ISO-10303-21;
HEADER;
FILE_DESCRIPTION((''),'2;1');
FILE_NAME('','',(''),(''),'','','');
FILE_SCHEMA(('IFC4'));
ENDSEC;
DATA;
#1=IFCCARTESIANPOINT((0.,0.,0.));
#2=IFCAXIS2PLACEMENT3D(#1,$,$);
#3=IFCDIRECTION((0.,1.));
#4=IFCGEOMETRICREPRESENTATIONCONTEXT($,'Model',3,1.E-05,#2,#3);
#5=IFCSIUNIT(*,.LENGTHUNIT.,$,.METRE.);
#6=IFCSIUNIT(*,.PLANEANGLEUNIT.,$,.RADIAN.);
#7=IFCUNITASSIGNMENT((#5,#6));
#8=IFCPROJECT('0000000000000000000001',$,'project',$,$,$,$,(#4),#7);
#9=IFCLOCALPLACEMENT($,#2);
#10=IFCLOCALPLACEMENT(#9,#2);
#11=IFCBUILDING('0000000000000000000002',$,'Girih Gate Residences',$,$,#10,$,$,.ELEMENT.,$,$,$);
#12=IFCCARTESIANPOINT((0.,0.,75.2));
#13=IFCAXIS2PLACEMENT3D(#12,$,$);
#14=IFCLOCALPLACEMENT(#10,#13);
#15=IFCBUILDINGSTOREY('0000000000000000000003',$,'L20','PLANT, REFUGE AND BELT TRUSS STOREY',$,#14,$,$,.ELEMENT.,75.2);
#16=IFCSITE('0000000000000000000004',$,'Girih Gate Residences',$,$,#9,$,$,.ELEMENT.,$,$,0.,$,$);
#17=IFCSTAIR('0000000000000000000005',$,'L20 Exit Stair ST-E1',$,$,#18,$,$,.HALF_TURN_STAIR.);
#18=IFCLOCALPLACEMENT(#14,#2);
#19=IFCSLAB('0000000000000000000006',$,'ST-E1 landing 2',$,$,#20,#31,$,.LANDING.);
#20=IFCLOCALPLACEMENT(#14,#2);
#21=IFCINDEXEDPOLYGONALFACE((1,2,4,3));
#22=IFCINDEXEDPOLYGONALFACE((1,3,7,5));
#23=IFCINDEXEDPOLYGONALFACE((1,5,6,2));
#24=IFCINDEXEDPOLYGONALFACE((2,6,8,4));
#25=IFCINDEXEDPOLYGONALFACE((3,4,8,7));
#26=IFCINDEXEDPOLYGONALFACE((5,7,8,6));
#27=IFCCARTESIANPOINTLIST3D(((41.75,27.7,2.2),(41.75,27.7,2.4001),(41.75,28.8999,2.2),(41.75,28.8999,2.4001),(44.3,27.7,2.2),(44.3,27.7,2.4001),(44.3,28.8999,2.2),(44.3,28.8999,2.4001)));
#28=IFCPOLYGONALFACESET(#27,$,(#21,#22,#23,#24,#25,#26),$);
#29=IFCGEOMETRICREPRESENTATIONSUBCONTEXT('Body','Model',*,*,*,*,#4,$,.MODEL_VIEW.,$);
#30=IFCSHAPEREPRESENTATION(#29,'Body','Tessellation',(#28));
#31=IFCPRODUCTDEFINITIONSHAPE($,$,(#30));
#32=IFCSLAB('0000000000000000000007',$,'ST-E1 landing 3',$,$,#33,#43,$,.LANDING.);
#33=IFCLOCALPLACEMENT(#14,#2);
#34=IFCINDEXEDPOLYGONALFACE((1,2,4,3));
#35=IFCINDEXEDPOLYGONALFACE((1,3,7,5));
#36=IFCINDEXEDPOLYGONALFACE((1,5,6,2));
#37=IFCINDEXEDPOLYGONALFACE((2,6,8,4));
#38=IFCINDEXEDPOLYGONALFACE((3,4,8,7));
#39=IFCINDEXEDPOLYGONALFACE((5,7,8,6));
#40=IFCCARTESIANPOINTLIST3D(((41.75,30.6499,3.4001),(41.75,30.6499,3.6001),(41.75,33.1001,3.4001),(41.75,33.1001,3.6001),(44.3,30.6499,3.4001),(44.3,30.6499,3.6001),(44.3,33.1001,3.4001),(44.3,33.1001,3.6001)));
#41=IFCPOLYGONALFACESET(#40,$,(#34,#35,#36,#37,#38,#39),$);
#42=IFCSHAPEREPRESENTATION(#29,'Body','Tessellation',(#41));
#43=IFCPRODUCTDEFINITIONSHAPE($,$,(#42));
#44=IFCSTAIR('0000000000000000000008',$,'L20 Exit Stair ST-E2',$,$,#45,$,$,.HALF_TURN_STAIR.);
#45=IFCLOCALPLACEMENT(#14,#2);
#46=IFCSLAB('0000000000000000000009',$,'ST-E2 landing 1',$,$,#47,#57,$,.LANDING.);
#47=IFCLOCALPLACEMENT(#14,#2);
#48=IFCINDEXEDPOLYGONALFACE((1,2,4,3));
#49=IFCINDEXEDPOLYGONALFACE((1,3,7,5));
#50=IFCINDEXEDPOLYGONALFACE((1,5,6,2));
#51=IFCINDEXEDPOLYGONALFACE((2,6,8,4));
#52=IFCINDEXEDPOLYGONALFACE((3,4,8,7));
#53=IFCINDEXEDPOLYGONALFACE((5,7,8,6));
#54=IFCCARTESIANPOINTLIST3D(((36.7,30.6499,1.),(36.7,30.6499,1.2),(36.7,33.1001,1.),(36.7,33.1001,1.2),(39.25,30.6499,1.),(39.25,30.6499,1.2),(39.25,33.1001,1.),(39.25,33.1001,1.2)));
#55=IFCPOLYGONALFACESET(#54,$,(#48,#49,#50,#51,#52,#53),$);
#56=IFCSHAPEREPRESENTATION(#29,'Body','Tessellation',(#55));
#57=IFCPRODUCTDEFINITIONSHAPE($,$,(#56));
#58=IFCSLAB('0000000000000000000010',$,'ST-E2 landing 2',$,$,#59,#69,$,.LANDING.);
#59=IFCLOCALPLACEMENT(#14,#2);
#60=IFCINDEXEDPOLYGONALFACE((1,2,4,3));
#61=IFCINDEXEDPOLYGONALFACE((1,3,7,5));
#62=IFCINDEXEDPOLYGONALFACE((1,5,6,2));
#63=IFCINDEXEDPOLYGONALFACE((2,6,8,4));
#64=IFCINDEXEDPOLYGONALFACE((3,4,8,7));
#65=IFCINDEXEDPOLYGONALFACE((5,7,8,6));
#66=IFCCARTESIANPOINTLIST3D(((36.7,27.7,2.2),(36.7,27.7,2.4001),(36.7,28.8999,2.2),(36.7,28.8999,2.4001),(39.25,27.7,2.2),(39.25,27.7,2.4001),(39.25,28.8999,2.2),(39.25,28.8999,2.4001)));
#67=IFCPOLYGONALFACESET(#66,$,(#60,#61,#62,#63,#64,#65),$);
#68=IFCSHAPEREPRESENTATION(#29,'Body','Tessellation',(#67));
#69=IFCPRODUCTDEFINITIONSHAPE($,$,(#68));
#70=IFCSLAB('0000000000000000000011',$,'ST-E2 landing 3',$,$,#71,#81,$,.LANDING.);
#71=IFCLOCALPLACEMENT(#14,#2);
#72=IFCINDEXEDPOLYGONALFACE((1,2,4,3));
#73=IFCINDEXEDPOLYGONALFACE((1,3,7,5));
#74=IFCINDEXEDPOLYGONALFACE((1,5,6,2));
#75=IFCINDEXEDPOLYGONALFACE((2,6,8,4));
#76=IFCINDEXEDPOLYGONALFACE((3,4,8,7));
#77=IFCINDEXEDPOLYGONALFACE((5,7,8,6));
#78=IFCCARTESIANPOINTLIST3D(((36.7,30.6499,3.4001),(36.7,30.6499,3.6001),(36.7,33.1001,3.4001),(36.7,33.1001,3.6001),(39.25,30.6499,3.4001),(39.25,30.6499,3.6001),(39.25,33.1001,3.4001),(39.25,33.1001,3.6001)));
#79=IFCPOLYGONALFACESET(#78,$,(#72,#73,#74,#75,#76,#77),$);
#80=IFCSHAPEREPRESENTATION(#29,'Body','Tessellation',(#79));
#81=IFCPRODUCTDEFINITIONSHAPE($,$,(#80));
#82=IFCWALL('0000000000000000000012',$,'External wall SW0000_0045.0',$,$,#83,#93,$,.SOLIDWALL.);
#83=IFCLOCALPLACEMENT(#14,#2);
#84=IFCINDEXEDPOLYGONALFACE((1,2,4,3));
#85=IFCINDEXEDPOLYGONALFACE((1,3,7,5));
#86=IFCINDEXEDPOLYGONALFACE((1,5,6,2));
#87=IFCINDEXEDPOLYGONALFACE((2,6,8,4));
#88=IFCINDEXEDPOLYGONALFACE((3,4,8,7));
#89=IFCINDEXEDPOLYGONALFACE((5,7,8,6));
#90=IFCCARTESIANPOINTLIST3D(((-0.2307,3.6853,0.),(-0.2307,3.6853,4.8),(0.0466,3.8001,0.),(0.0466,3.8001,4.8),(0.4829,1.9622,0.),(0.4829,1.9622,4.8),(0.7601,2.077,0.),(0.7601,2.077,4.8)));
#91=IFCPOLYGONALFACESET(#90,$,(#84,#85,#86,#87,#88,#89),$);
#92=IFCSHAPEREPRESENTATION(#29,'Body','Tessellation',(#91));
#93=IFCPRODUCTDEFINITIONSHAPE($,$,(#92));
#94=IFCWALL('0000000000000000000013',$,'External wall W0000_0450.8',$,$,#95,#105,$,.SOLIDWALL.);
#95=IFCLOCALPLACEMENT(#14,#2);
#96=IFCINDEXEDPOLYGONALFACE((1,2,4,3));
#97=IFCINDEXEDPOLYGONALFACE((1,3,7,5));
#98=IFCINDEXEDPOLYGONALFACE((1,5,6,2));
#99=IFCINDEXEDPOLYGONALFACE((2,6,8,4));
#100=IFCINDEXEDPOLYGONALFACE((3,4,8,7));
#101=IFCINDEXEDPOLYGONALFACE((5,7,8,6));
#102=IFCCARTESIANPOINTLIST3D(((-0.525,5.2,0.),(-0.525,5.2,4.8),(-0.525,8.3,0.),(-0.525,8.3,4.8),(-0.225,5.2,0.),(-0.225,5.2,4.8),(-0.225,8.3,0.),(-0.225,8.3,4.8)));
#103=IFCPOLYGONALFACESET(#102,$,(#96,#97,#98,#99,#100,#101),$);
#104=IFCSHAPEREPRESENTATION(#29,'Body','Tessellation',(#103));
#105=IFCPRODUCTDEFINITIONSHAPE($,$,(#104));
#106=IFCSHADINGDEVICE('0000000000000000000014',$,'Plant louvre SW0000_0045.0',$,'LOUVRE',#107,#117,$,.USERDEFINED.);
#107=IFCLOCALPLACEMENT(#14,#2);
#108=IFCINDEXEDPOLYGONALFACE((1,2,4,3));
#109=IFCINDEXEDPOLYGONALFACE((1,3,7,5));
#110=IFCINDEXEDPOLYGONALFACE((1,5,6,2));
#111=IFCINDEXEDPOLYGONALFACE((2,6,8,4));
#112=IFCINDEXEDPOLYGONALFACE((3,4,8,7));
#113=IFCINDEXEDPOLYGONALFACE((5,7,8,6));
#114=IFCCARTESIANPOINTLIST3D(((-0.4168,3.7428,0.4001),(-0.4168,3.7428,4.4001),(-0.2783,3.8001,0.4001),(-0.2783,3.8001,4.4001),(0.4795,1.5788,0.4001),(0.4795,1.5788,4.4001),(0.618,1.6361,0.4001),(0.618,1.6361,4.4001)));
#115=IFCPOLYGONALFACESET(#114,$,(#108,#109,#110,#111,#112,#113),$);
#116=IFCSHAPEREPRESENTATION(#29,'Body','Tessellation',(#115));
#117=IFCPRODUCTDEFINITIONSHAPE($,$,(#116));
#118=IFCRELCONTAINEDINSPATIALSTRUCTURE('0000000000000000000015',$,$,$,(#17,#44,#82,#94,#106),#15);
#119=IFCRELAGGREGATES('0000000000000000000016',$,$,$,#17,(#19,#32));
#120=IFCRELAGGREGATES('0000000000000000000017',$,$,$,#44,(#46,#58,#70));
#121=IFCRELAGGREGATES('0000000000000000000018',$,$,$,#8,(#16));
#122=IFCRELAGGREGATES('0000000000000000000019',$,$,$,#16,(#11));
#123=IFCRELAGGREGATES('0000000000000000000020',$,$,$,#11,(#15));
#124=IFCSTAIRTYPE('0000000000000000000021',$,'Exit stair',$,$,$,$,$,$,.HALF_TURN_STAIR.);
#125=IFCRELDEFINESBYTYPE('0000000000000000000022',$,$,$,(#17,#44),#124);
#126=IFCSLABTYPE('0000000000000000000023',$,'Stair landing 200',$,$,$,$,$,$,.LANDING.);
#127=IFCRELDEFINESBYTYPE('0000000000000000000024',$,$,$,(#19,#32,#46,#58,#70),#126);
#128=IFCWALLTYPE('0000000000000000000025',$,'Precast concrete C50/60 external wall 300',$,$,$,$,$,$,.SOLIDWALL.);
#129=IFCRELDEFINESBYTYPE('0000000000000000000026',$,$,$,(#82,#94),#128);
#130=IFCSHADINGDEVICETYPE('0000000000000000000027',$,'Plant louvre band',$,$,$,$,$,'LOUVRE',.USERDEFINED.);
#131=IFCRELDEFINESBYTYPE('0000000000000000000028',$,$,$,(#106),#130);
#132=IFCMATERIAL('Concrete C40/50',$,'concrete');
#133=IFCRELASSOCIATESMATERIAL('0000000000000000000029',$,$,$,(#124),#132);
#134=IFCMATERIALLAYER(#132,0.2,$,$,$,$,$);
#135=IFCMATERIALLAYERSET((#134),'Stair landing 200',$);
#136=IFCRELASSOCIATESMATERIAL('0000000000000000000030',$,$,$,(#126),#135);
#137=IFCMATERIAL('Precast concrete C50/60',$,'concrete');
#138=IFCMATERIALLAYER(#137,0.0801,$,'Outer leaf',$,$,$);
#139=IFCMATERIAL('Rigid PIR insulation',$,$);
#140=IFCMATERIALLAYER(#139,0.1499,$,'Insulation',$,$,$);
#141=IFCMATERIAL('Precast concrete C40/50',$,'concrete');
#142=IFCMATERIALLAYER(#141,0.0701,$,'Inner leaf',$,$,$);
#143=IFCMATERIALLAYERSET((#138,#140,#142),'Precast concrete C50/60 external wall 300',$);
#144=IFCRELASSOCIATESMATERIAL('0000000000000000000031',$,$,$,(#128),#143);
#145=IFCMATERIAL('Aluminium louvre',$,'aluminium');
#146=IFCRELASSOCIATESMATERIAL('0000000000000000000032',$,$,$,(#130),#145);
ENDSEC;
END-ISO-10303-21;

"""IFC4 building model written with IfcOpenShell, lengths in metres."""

from ifc_helpers import new_model, si_unit, direction, frame, frame_2d, origin, origin_2d, place, context, subcontext, project, spatial, polyline, rectangle, outline, extrude, material, layer, layer_set, type_object, element, aggregate, save


model = new_model("IFC4")

# Units and contexts
model_context = context("Model", 3, precision=1e-05, world=origin(), true_north=direction((0.0, 1.0)))
body_context = subcontext(model_context, "Body", "Model", "MODEL_VIEW")
ifc_project = project(units=[si_unit("LENGTHUNIT", "METRE"), si_unit("PLANEANGLEUNIT", "RADIAN")], contexts=[model_context])

# Site, building, storey
site_placement = place(None, origin())
site = spatial("IfcSite", under=ifc_project, at=site_placement, Name="Girih Gate Residences", CompositionType="ELEMENT", RefElevation=0.0)
building_placement = place(site_placement, origin())
building = spatial("IfcBuilding", under=site, at=building_placement, Name="Girih Gate Residences", CompositionType="ELEMENT")
storey_placement = place(building_placement, frame((0.0, 0.0, 75.2)))
storey = spatial("IfcBuildingStorey", under=building, at=storey_placement, Name="L20", Description="PLANT, REFUGE AND BELT TRUSS STOREY", CompositionType="ELEMENT", Elevation=75.2)

# Shared definitions
ifc_material_1 = material(Name="Concrete C40/50", Category="concrete")

# Stairs, slabs
stair_type = type_object("IfcStairType", Name="Exit stair", PredefinedType="HALF_TURN_STAIR", material=ifc_material_1)
ifc_layer_1 = layer(ifc_material_1, 0.2)
ifc_layer_set_1 = layer_set([ifc_layer_1], Name="Stair landing 200")
slab_type_1 = type_object("IfcSlabType", Name="Stair landing 200", PredefinedType="LANDING", material=ifc_layer_set_1)
stair_1_placement = place(storey_placement, origin())
stair_1 = element("IfcStair", 1, at=stair_1_placement, inside=storey, type_object=stair_type, Name="L20 Exit Stair ST-E1", PredefinedType="HALF_TURN_STAIR")
slab_1_placement = place(storey_placement, frame((0.0, 0.0, 2.2)))
slab_1 = element("IfcSlab", 2, at=slab_1_placement, type_object=slab_type_1, Name="ST-E1 landing 2", PredefinedType="LANDING", context=body_context, shape_type="SweptSolid", body=[
    extrude(outline(polyline([(44.3, 27.7), (44.3, 28.8999), (41.75, 28.8999), (41.75, 27.7), (44.3, 27.7)])), origin(), (0.0, 0.0, 1.0), 0.2002),
])
slab_2_placement = place(storey_placement, frame((0.0, 0.0, 3.4001)))
slab_2 = element("IfcSlab", 3, at=slab_2_placement, type_object=slab_type_1, Name="ST-E1 landing 3", PredefinedType="LANDING", context=body_context, shape_type="SweptSolid", body=[
    extrude(outline(polyline([(44.3, 30.6499), (44.3, 33.1001), (41.75, 33.1001), (41.75, 30.6499), (44.3, 30.6499)])), origin(), (0.0, 0.0, 1.0), 0.2),
])
aggregate(stair_1, [slab_1, slab_2])
stair_2_placement = place(storey_placement, origin())
stair_2 = element("IfcStair", 4, at=stair_2_placement, inside=storey, type_object=stair_type, Name="L20 Exit Stair ST-E2", PredefinedType="HALF_TURN_STAIR")
slab_3_placement = place(storey_placement, frame((0.0, 0.0, 1.0)))
slab_3 = element("IfcSlab", 5, at=slab_3_placement, type_object=slab_type_1, Name="ST-E2 landing 1", PredefinedType="LANDING", context=body_context, shape_type="SweptSolid", body=[
    extrude(outline(polyline([(39.25, 30.6499), (39.25, 33.1001), (36.7, 33.1001), (36.7, 30.6499), (39.25, 30.6499)])), origin(), (0.0, 0.0, 1.0), 0.2),
])
slab_4_placement = place(storey_placement, frame((0.0, 0.0, 2.2)))
slab_4 = element("IfcSlab", 6, at=slab_4_placement, type_object=slab_type_1, Name="ST-E2 landing 2", PredefinedType="LANDING", context=body_context, shape_type="SweptSolid", body=[
    extrude(outline(polyline([(39.25, 27.7), (39.25, 28.8999), (36.7, 28.8999), (36.7, 27.7), (39.25, 27.7)])), origin(), (0.0, 0.0, 1.0), 0.2002),
])
slab_5_placement = place(storey_placement, frame((0.0, 0.0, 3.4001)))
slab_5 = element("IfcSlab", 7, at=slab_5_placement, type_object=slab_type_1, Name="ST-E2 landing 3", PredefinedType="LANDING", context=body_context, shape_type="SweptSolid", body=[
    extrude(outline(polyline([(39.25, 30.6499), (39.25, 33.1001), (36.7, 33.1001), (36.7, 30.6499), (39.25, 30.6499)])), origin(), (0.0, 0.0, 1.0), 0.2),
])
aggregate(stair_2, [slab_3, slab_4, slab_5])

# Walls
ifc_material_2 = material(Name="Precast concrete C50/60", Category="concrete")
ifc_layer_2 = layer(ifc_material_2, 0.0801, Name="Outer leaf")
ifc_material_3 = material(Name="Rigid PIR insulation")
ifc_layer_3 = layer(ifc_material_3, 0.1499, Name="Insulation")
ifc_material_4 = material(Name="Precast concrete C40/50", Category="concrete")
ifc_layer_4 = layer(ifc_material_4, 0.0701, Name="Inner leaf")
ifc_layer_set_2 = layer_set([ifc_layer_2, ifc_layer_3, ifc_layer_4], Name="Precast concrete C50/60 external wall 300")
wall_type = type_object("IfcWallType", Name="Precast concrete C50/60 external wall 300", PredefinedType="SOLIDWALL", material=ifc_layer_set_2)
wall_1_placement = place(storey_placement, frame((0.6216, 2.0195, 0.0), z_axis=(0.0, 0.0, 1.0), x_axis=(-0.382625, 0.923904, 0.0)))
element("IfcWall", 8, at=wall_1_placement, inside=storey, type_object=wall_type, Name="External wall SW0000_0045.0", PredefinedType="SOLIDWALL", context=body_context, shape_type="SweptSolid", body=[
    extrude(rectangle(XDim=1.865, YDim=0.3, at=frame_2d((0.9326, 0.0))), origin(), (0.0, 0.0, 1.0), 4.8),
])
wall_2_placement = place(storey_placement, frame((-0.375, 5.2, 0.0), z_axis=(0.0, 0.0, 1.0), x_axis=(0.0, 1.0, 0.0)))
element("IfcWall", 9, at=wall_2_placement, inside=storey, type_object=wall_type, Name="External wall W0000_0450.8", PredefinedType="SOLIDWALL", context=body_context, shape_type="SweptSolid", body=[
    extrude(rectangle(XDim=3.1001, YDim=0.3, at=frame_2d((1.55, 0.0))), origin(), (0.0, 0.0, 1.0), 4.8),
])

# Shading device
ifc_material_5 = material(Name="Aluminium louvre", Category="aluminium")
shading_device_type = type_object("IfcShadingDeviceType", Name="Plant louvre band", ElementType="LOUVRE", PredefinedType="USERDEFINED", material=ifc_material_5)
shading_device_placement = place(storey_placement, frame((0.1006, 2.6895, 0.4001), z_axis=(0.0, 0.0, 1.0), x_axis=(0.382683, -0.92388, 0.0)))
element("IfcShadingDevice", 10, at=shading_device_placement, inside=storey, type_object=shading_device_type, Name="Plant louvre SW0000_0045.0", ObjectType="LOUVRE", PredefinedType="USERDEFINED", context=body_context, shape_type="SweptSolid", body=[
    extrude(rectangle(XDim=2.3423, YDim=0.1499, at=origin_2d()), origin(), (0.0, 0.0, 1.0), 4.0),
])

save(model, "model.ifc")
